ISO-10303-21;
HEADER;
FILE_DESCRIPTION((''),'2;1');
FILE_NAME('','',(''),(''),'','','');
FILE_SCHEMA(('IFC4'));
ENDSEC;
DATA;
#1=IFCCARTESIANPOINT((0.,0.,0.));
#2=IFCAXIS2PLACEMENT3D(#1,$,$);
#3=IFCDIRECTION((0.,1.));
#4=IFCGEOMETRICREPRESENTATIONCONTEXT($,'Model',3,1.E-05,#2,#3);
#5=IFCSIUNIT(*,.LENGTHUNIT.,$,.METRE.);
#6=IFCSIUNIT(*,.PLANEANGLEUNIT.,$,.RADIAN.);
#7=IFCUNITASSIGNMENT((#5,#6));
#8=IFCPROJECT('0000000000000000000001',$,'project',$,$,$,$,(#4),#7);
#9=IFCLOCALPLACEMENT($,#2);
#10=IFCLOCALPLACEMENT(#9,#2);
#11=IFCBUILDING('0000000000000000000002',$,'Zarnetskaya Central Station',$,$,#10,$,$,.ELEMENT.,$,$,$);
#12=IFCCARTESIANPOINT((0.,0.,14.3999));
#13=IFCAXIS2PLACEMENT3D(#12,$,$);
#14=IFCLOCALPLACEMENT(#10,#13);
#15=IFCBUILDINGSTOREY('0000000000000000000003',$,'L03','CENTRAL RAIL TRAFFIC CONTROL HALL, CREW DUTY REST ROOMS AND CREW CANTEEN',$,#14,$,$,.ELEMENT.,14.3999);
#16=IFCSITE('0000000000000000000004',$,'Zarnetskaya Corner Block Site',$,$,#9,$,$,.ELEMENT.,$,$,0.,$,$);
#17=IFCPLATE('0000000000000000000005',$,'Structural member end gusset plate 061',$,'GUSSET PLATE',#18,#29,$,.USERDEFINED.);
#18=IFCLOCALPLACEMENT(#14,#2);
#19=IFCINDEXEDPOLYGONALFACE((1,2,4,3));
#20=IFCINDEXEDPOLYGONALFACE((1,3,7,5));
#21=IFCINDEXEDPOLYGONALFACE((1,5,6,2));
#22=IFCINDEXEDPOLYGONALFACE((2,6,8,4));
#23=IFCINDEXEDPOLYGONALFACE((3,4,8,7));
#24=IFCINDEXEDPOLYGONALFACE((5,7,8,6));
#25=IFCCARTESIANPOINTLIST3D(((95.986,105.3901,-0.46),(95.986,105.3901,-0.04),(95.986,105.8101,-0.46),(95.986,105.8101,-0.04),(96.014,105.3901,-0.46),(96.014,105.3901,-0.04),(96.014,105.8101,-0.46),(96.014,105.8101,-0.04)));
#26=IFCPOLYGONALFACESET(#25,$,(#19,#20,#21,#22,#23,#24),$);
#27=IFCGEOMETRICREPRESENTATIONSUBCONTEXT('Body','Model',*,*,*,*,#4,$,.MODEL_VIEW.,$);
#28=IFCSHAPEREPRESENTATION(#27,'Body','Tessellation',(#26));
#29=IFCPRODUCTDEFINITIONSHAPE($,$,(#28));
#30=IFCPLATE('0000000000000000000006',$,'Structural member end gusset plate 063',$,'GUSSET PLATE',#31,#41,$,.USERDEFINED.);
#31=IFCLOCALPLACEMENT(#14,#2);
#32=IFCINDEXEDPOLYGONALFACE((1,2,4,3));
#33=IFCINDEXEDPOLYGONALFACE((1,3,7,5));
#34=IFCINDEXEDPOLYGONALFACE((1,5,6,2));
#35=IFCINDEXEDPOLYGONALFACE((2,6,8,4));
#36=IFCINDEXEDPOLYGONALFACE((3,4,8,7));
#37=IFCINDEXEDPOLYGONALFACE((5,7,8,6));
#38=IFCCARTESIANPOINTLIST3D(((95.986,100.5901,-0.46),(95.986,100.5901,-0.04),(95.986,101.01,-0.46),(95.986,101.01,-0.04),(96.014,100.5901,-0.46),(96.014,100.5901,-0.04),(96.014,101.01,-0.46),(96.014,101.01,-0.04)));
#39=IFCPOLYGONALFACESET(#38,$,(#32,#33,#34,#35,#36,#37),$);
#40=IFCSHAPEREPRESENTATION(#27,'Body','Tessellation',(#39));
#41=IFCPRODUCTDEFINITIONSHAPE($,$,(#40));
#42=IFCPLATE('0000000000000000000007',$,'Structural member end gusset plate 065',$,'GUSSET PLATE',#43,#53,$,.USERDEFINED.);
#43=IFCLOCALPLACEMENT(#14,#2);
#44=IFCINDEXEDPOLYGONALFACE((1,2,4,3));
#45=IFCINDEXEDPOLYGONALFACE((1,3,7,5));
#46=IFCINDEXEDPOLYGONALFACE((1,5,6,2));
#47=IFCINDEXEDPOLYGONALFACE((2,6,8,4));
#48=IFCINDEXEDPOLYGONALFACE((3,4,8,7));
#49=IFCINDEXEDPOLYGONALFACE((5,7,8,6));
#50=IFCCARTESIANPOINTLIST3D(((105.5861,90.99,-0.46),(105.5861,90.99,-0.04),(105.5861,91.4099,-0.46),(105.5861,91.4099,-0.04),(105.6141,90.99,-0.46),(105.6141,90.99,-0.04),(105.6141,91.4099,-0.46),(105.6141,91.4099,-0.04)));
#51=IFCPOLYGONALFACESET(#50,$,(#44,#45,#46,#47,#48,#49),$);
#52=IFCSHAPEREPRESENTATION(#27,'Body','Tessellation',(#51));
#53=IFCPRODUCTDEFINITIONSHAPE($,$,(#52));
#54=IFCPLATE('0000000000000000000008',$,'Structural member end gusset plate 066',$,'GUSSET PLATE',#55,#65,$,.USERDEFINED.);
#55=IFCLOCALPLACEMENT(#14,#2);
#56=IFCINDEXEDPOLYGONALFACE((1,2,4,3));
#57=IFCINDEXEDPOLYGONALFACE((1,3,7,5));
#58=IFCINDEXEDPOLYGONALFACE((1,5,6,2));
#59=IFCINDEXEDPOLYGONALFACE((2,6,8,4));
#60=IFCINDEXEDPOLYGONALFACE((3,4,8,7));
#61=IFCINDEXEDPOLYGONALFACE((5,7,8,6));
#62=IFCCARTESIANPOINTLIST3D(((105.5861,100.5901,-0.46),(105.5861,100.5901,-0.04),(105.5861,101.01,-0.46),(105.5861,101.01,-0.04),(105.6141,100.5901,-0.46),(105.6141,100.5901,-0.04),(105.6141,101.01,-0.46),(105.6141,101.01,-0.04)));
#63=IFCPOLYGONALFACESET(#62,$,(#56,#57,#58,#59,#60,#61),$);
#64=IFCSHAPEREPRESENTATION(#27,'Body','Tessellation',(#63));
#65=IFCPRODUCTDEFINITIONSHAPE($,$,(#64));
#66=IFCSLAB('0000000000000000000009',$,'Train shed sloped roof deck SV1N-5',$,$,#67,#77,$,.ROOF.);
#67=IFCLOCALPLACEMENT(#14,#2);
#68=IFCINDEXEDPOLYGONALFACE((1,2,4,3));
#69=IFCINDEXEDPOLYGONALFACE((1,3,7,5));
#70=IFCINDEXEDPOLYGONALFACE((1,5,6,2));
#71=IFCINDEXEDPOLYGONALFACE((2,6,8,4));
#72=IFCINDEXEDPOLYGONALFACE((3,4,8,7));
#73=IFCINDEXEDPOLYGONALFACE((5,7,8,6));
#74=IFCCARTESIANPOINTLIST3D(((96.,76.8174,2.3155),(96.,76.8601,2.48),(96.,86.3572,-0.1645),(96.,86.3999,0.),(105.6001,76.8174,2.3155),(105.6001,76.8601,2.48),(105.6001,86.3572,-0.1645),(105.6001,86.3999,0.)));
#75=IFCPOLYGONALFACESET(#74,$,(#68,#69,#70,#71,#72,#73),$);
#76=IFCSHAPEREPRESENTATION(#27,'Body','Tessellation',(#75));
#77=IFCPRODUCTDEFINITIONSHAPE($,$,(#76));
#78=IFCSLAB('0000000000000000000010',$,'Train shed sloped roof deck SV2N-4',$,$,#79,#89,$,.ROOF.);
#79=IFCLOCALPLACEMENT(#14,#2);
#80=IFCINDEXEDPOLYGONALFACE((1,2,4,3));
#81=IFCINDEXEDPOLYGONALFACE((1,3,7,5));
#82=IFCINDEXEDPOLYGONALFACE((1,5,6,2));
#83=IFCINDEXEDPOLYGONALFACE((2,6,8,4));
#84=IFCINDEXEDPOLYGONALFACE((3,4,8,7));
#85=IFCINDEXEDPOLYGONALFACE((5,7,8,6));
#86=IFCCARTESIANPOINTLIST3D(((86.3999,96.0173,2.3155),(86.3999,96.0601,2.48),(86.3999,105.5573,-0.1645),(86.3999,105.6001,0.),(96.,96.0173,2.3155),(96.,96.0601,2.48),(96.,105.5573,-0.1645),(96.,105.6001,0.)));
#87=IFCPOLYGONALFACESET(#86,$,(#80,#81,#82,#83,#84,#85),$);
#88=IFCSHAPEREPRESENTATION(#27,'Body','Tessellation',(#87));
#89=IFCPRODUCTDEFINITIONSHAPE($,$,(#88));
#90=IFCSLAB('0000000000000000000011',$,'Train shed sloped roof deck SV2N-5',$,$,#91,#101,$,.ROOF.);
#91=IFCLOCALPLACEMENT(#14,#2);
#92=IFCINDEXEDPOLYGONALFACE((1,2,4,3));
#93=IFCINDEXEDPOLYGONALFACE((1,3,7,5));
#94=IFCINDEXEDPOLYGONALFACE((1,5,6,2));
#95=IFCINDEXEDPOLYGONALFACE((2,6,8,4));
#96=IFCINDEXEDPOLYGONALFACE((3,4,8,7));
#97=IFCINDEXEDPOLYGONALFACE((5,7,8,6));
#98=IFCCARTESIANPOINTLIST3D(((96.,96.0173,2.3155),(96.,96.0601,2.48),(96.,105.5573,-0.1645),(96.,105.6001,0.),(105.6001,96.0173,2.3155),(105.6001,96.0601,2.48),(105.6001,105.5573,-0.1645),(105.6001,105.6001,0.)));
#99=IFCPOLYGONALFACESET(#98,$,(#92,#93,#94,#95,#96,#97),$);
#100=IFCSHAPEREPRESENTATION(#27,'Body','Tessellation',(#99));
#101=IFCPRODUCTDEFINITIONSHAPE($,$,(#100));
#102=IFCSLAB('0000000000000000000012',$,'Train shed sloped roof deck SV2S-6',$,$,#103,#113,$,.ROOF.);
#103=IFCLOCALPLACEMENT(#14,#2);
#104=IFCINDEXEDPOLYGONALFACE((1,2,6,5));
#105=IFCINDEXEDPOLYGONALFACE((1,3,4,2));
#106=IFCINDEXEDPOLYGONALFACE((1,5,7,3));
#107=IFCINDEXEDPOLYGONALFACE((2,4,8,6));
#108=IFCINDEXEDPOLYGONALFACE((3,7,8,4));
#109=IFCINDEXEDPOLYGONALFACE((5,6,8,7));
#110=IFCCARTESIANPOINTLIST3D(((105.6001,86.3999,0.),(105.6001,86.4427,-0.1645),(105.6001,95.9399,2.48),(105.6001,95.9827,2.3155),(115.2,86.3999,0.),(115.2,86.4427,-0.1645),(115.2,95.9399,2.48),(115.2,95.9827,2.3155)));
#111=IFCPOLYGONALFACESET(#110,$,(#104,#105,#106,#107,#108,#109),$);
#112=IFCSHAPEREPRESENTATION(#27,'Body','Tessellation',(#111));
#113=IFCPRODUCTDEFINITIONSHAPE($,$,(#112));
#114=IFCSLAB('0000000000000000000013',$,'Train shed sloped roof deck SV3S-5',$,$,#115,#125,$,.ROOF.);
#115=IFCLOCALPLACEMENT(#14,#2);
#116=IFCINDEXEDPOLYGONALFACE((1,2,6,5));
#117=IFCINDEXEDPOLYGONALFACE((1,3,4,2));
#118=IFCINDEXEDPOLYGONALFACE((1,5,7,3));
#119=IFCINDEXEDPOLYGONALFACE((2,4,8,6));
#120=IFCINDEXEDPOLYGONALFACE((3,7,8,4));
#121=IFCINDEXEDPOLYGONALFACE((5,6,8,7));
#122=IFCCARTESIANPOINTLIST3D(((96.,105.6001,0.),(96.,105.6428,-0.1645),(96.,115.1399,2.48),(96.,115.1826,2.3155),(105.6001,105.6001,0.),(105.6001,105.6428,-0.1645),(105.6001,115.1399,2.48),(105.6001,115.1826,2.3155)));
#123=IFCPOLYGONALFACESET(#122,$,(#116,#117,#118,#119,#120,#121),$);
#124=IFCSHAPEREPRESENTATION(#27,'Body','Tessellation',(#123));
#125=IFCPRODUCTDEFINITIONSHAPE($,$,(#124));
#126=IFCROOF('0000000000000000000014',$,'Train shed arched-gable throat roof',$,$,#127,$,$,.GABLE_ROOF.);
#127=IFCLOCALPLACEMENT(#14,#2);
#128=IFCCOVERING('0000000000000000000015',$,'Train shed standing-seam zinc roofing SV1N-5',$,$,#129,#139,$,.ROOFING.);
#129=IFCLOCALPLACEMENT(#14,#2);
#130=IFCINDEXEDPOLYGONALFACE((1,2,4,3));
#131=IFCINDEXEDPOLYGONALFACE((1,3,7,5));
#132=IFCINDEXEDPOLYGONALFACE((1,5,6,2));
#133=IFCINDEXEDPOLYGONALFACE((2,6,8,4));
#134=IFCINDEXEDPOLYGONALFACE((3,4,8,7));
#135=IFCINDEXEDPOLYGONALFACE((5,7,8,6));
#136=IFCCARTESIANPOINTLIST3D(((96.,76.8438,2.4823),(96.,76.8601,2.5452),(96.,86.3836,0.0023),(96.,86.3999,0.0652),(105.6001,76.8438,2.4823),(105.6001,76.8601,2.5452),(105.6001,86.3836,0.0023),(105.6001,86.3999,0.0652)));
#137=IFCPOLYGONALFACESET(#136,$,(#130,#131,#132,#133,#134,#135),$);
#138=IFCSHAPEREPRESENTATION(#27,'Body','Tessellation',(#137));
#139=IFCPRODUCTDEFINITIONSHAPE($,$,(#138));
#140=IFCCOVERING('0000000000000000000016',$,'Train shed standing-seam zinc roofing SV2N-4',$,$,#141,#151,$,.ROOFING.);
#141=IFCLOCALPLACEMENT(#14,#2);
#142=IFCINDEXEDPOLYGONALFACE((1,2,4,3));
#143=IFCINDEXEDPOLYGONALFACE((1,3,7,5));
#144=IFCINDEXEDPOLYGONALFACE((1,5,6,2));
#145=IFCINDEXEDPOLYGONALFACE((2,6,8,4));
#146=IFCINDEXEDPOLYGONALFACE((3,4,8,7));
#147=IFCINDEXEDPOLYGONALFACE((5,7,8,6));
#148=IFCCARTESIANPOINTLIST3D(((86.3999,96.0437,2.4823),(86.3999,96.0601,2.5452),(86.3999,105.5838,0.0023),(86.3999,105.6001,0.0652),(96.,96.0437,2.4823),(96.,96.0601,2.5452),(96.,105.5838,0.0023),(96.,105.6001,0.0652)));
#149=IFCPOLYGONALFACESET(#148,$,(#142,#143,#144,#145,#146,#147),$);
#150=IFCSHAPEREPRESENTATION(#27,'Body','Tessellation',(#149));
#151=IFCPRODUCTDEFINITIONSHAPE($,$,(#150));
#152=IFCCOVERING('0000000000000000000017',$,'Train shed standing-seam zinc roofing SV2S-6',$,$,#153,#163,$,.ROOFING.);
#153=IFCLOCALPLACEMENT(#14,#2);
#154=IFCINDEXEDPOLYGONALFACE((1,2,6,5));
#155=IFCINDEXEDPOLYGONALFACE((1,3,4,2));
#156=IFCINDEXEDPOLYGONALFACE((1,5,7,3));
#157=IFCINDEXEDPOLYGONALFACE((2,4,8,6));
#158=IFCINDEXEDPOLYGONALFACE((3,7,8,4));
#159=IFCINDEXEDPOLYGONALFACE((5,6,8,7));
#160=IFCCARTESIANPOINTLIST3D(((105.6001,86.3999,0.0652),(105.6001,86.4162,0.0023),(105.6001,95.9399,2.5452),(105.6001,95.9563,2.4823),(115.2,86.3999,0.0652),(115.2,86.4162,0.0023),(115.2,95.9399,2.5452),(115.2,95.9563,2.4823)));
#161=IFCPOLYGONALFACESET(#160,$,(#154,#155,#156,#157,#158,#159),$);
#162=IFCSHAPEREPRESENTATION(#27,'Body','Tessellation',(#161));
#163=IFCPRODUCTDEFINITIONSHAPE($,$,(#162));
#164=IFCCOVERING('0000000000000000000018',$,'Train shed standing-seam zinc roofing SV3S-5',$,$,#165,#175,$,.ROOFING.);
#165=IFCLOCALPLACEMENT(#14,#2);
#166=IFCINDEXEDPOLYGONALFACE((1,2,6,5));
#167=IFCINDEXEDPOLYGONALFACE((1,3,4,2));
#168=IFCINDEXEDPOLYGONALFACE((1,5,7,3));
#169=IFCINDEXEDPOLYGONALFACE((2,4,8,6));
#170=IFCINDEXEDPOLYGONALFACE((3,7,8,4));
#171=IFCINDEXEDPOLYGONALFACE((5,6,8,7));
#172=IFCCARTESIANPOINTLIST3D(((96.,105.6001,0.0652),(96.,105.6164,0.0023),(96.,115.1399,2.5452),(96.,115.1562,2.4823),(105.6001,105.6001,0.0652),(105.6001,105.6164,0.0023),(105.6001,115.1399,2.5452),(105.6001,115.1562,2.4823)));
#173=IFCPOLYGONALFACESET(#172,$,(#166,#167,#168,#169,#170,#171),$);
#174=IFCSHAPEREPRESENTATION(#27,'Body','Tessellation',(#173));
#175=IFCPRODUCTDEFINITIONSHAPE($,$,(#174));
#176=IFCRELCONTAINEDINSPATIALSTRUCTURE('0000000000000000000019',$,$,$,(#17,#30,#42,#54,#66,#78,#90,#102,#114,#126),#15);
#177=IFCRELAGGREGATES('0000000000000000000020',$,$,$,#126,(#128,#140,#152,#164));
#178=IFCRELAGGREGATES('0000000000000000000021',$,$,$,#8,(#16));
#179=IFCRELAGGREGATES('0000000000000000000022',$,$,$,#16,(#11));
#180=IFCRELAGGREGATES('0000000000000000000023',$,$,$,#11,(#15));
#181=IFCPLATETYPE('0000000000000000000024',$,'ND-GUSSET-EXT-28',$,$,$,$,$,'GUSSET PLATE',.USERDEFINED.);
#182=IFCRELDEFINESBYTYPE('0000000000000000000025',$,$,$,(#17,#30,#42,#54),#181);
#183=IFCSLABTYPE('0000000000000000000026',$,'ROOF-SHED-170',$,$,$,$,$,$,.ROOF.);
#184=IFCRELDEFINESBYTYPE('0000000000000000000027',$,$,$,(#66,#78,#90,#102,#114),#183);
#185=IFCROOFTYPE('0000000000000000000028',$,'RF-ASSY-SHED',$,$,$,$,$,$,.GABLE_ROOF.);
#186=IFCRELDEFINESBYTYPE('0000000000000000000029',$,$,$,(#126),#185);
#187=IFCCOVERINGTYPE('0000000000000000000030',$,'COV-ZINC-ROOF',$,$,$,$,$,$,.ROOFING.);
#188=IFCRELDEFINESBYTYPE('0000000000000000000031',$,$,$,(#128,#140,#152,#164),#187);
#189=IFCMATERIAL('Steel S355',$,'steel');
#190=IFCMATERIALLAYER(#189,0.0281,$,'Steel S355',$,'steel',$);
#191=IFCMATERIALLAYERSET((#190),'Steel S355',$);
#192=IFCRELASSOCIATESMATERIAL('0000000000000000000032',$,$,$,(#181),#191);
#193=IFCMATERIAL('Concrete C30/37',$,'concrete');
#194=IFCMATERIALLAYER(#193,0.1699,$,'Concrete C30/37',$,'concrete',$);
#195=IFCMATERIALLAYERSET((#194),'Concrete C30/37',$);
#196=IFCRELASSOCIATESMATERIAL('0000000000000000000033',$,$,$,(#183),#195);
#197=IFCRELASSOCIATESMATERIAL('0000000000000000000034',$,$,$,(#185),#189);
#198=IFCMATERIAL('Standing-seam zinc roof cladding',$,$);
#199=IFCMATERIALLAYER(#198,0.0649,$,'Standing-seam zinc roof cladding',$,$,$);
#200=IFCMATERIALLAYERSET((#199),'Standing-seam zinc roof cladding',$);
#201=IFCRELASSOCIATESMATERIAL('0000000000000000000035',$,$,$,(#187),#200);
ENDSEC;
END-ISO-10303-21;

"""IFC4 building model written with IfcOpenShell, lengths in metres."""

from ifc_helpers import new_model, si_unit, direction, frame, origin, origin_2d, place, context, subcontext, project, spatial, polyline, rectangle, outline, extrude, material, layer, layer_set, type_object, element, aggregate, save


model = new_model("IFC4")

# Units and contexts
model_context = context("Model", 3, precision=1e-05, world=origin(), true_north=direction((0.0, 1.0)))
body_context = subcontext(model_context, "Body", "Model", "MODEL_VIEW")
ifc_project = project(units=[si_unit("LENGTHUNIT", "METRE"), si_unit("PLANEANGLEUNIT", "RADIAN")], contexts=[model_context])

# Site, building, storey
site_placement = place(None, origin())
site = spatial("IfcSite", under=ifc_project, at=site_placement, Name="Zarnetskaya Corner Block Site", CompositionType="ELEMENT", RefElevation=0.0)
building_placement = place(site_placement, origin())
building = spatial("IfcBuilding", under=site, at=building_placement, Name="Zarnetskaya Central Station", CompositionType="ELEMENT")
storey_placement = place(building_placement, frame((0.0, 0.0, 14.3999)))
storey = spatial("IfcBuildingStorey", under=building, at=storey_placement, Name="L03", Description="CENTRAL RAIL TRAFFIC CONTROL HALL, CREW DUTY REST ROOMS AND CREW CANTEEN", CompositionType="ELEMENT", Elevation=14.3999)

# Shared definitions
ifc_material_1 = material(Name="Steel S355", Category="steel")

# Plates
ifc_layer_1 = layer(ifc_material_1, 0.0281, Name="Steel S355", Category="steel")
ifc_layer_set_1 = layer_set([ifc_layer_1], Name="Steel S355")
plate_type_1 = type_object("IfcPlateType", Name="ND-GUSSET-EXT-28", ElementType="GUSSET PLATE", PredefinedType="USERDEFINED", material=ifc_layer_set_1)
for number, where, z_axis, x_axis, name in (
    (1, (96.0, 105.6001, -0.46), (0.0, 0.0, 1.0), (1.0, 0.0, 0.0), "Structural member end gusset plate 061"),
    (2, (96.0, 100.8, -0.46), (0.0, 0.0, 1.0), (1.0, 0.0, 0.0), "Structural member end gusset plate 063"),
    (3, (105.6001, 91.2, -0.46), (0.0, 0.0, 1.0), (1.0, 0.0, 0.0), "Structural member end gusset plate 065"),
    (4, (105.6001, 100.8, -0.46), (0.0, 0.0, 1.0), (1.0, 0.0, 0.0), "Structural member end gusset plate 066"),
):
    element("IfcPlate", number, at=place(storey_placement, frame(where, z_axis=z_axis, x_axis=x_axis)), inside=storey, type_object=plate_type_1, Name=name, ObjectType="GUSSET PLATE", PredefinedType="USERDEFINED", context=body_context, shape_type="SweptSolid", body=[
        extrude(rectangle(XDim=0.0281, YDim=0.4199, at=origin_2d()), origin(), (0.0, 0.0, 1.0), 0.4199),
    ])

# Slabs
ifc_material_2 = material(Name="Concrete C30/37", Category="concrete")
ifc_layer_2 = layer(ifc_material_2, 0.1699, Name="Concrete C30/37", Category="concrete")
ifc_layer_set_2 = layer_set([ifc_layer_2], Name="Concrete C30/37")
slab_type = type_object("IfcSlabType", Name="ROOF-SHED-170", PredefinedType="ROOF", material=ifc_layer_set_2)
slab_1_placement = place(storey_placement, frame((105.6001, 86.3999, 0.0), z_axis=(0.0, 0.251599, 0.967832), x_axis=(-1.0, 0.0, 0.0)))
element("IfcSlab", 5, at=slab_1_placement, inside=storey, type_object=slab_type, Name="Train shed sloped roof deck SV1N-5", PredefinedType="ROOF", context=body_context, shape_type="SweptSolid", body=[
    extrude(outline(polyline([(0.0, 0.0), (9.6001, 0.0), (9.6001, 9.8569), (0.0, 9.8569), (0.0, 0.0)])), origin(), (0.0, 0.0, -1.0), 0.1699),
])
for number, where, z_axis, x_axis, name in (
    (6, (96.0, 105.6001, 0.0), (0.0, 0.251593, 0.967833), (-1.0, 0.0, 0.0), "Train shed sloped roof deck SV2N-4"),
    (7, (105.6001, 105.6001, 0.0), (0.0, 0.251593, 0.967833), (-1.0, 0.0, 0.0), "Train shed sloped roof deck SV2N-5"),
):
    element("IfcSlab", number, at=place(storey_placement, frame(where, z_axis=z_axis, x_axis=x_axis)), inside=storey, type_object=slab_type, Name=name, PredefinedType="ROOF", context=body_context, shape_type="SweptSolid", body=[
        extrude(outline(polyline([(0.0, 0.0), (9.6001, 0.0), (9.6001, 9.8571), (0.0, 9.8571), (0.0, 0.0)])), origin(), (0.0, 0.0, -1.0), 0.1699),
    ])
slab_2_placement = place(storey_placement, frame((105.6001, 86.3999, 0.0), z_axis=(0.0, -0.251593, 0.967833), x_axis=(1.0, 0.0, 0.0)))
element("IfcSlab", 8, at=slab_2_placement, inside=storey, type_object=slab_type, Name="Train shed sloped roof deck SV2S-6", PredefinedType="ROOF", context=body_context, shape_type="SweptSolid", body=[
    extrude(outline(polyline([(0.0, 0.0), (9.5999, 0.0), (9.5999, 9.8571), (0.0, 9.8571), (0.0, 0.0)])), origin(), (0.0, 0.0, -1.0), 0.1699),
])
slab_3_placement = place(storey_placement, frame((96.0, 105.6001, 0.0), z_axis=(0.0, -0.251599, 0.967832), x_axis=(1.0, 0.0, 0.0)))
element("IfcSlab", 9, at=slab_3_placement, inside=storey, type_object=slab_type, Name="Train shed sloped roof deck SV3S-5", PredefinedType="ROOF", context=body_context, shape_type="SweptSolid", body=[
    extrude(outline(polyline([(0.0, 0.0), (9.6001, 0.0), (9.6001, 9.8569), (0.0, 9.8569), (0.0, 0.0)])), origin(), (0.0, 0.0, -1.0), 0.1699),
])

# Roof, coverings
roof_type = type_object("IfcRoofType", Name="RF-ASSY-SHED", PredefinedType="GABLE_ROOF", material=ifc_material_1)
roof_placement = place(storey_placement, origin())
roof = element("IfcRoof", 10, at=roof_placement, inside=storey, type_object=roof_type, Name="Train shed arched-gable throat roof", PredefinedType="GABLE_ROOF")
ifc_material_3 = material(Name="Standing-seam zinc roof cladding")
ifc_layer_3 = layer(ifc_material_3, 0.0649, Name="Standing-seam zinc roof cladding")
ifc_layer_set_3 = layer_set([ifc_layer_3], Name="Standing-seam zinc roof cladding")
covering_type = type_object("IfcCoveringType", Name="COV-ZINC-ROOF", PredefinedType="ROOFING", material=ifc_layer_set_3)
covering_1_placement = place(storey_placement, frame((105.6001, 86.3999, 0.0652), z_axis=(0.0, 0.251599, 0.967832), x_axis=(-1.0, 0.0, 0.0)))
covering_1 = element("IfcCovering", 11, at=covering_1_placement, type_object=covering_type, Name="Train shed standing-seam zinc roofing SV1N-5", PredefinedType="ROOFING", context=body_context, shape_type="SweptSolid", body=[
    extrude(outline(polyline([(0.0, 0.0), (9.6001, 0.0), (9.6001, 9.8569), (0.0, 9.8569), (0.0, 0.0)])), origin(), (0.0, 0.0, -1.0), 0.0649),
])
covering_2_placement = place(storey_placement, frame((96.0, 105.6001, 0.0652), z_axis=(0.0, 0.251593, 0.967833), x_axis=(-1.0, 0.0, 0.0)))
covering_2 = element("IfcCovering", 12, at=covering_2_placement, type_object=covering_type, Name="Train shed standing-seam zinc roofing SV2N-4", PredefinedType="ROOFING", context=body_context, shape_type="SweptSolid", body=[
    extrude(outline(polyline([(0.0, 0.0), (9.6001, 0.0), (9.6001, 9.8571), (0.0, 9.8571), (0.0, 0.0)])), origin(), (0.0, 0.0, -1.0), 0.0649),
])
covering_3_placement = place(storey_placement, frame((105.6001, 86.3999, 0.0652), z_axis=(0.0, -0.251593, 0.967833), x_axis=(1.0, 0.0, 0.0)))
covering_3 = element("IfcCovering", 13, at=covering_3_placement, type_object=covering_type, Name="Train shed standing-seam zinc roofing SV2S-6", PredefinedType="ROOFING", context=body_context, shape_type="SweptSolid", body=[
    extrude(outline(polyline([(0.0, 0.0), (9.5999, 0.0), (9.5999, 9.8571), (0.0, 9.8571), (0.0, 0.0)])), origin(), (0.0, 0.0, -1.0), 0.0649),
])
covering_4_placement = place(storey_placement, frame((96.0, 105.6001, 0.0652), z_axis=(0.0, -0.251599, 0.967832), x_axis=(1.0, 0.0, 0.0)))
covering_4 = element("IfcCovering", 14, at=covering_4_placement, type_object=covering_type, Name="Train shed standing-seam zinc roofing SV3S-5", PredefinedType="ROOFING", context=body_context, shape_type="SweptSolid", body=[
    extrude(outline(polyline([(0.0, 0.0), (9.6001, 0.0), (9.6001, 9.8569), (0.0, 9.8569), (0.0, 0.0)])), origin(), (0.0, 0.0, -1.0), 0.0649),
])
aggregate(roof, [covering_1, covering_2, covering_3, covering_4])

save(model, "model.ifc")
